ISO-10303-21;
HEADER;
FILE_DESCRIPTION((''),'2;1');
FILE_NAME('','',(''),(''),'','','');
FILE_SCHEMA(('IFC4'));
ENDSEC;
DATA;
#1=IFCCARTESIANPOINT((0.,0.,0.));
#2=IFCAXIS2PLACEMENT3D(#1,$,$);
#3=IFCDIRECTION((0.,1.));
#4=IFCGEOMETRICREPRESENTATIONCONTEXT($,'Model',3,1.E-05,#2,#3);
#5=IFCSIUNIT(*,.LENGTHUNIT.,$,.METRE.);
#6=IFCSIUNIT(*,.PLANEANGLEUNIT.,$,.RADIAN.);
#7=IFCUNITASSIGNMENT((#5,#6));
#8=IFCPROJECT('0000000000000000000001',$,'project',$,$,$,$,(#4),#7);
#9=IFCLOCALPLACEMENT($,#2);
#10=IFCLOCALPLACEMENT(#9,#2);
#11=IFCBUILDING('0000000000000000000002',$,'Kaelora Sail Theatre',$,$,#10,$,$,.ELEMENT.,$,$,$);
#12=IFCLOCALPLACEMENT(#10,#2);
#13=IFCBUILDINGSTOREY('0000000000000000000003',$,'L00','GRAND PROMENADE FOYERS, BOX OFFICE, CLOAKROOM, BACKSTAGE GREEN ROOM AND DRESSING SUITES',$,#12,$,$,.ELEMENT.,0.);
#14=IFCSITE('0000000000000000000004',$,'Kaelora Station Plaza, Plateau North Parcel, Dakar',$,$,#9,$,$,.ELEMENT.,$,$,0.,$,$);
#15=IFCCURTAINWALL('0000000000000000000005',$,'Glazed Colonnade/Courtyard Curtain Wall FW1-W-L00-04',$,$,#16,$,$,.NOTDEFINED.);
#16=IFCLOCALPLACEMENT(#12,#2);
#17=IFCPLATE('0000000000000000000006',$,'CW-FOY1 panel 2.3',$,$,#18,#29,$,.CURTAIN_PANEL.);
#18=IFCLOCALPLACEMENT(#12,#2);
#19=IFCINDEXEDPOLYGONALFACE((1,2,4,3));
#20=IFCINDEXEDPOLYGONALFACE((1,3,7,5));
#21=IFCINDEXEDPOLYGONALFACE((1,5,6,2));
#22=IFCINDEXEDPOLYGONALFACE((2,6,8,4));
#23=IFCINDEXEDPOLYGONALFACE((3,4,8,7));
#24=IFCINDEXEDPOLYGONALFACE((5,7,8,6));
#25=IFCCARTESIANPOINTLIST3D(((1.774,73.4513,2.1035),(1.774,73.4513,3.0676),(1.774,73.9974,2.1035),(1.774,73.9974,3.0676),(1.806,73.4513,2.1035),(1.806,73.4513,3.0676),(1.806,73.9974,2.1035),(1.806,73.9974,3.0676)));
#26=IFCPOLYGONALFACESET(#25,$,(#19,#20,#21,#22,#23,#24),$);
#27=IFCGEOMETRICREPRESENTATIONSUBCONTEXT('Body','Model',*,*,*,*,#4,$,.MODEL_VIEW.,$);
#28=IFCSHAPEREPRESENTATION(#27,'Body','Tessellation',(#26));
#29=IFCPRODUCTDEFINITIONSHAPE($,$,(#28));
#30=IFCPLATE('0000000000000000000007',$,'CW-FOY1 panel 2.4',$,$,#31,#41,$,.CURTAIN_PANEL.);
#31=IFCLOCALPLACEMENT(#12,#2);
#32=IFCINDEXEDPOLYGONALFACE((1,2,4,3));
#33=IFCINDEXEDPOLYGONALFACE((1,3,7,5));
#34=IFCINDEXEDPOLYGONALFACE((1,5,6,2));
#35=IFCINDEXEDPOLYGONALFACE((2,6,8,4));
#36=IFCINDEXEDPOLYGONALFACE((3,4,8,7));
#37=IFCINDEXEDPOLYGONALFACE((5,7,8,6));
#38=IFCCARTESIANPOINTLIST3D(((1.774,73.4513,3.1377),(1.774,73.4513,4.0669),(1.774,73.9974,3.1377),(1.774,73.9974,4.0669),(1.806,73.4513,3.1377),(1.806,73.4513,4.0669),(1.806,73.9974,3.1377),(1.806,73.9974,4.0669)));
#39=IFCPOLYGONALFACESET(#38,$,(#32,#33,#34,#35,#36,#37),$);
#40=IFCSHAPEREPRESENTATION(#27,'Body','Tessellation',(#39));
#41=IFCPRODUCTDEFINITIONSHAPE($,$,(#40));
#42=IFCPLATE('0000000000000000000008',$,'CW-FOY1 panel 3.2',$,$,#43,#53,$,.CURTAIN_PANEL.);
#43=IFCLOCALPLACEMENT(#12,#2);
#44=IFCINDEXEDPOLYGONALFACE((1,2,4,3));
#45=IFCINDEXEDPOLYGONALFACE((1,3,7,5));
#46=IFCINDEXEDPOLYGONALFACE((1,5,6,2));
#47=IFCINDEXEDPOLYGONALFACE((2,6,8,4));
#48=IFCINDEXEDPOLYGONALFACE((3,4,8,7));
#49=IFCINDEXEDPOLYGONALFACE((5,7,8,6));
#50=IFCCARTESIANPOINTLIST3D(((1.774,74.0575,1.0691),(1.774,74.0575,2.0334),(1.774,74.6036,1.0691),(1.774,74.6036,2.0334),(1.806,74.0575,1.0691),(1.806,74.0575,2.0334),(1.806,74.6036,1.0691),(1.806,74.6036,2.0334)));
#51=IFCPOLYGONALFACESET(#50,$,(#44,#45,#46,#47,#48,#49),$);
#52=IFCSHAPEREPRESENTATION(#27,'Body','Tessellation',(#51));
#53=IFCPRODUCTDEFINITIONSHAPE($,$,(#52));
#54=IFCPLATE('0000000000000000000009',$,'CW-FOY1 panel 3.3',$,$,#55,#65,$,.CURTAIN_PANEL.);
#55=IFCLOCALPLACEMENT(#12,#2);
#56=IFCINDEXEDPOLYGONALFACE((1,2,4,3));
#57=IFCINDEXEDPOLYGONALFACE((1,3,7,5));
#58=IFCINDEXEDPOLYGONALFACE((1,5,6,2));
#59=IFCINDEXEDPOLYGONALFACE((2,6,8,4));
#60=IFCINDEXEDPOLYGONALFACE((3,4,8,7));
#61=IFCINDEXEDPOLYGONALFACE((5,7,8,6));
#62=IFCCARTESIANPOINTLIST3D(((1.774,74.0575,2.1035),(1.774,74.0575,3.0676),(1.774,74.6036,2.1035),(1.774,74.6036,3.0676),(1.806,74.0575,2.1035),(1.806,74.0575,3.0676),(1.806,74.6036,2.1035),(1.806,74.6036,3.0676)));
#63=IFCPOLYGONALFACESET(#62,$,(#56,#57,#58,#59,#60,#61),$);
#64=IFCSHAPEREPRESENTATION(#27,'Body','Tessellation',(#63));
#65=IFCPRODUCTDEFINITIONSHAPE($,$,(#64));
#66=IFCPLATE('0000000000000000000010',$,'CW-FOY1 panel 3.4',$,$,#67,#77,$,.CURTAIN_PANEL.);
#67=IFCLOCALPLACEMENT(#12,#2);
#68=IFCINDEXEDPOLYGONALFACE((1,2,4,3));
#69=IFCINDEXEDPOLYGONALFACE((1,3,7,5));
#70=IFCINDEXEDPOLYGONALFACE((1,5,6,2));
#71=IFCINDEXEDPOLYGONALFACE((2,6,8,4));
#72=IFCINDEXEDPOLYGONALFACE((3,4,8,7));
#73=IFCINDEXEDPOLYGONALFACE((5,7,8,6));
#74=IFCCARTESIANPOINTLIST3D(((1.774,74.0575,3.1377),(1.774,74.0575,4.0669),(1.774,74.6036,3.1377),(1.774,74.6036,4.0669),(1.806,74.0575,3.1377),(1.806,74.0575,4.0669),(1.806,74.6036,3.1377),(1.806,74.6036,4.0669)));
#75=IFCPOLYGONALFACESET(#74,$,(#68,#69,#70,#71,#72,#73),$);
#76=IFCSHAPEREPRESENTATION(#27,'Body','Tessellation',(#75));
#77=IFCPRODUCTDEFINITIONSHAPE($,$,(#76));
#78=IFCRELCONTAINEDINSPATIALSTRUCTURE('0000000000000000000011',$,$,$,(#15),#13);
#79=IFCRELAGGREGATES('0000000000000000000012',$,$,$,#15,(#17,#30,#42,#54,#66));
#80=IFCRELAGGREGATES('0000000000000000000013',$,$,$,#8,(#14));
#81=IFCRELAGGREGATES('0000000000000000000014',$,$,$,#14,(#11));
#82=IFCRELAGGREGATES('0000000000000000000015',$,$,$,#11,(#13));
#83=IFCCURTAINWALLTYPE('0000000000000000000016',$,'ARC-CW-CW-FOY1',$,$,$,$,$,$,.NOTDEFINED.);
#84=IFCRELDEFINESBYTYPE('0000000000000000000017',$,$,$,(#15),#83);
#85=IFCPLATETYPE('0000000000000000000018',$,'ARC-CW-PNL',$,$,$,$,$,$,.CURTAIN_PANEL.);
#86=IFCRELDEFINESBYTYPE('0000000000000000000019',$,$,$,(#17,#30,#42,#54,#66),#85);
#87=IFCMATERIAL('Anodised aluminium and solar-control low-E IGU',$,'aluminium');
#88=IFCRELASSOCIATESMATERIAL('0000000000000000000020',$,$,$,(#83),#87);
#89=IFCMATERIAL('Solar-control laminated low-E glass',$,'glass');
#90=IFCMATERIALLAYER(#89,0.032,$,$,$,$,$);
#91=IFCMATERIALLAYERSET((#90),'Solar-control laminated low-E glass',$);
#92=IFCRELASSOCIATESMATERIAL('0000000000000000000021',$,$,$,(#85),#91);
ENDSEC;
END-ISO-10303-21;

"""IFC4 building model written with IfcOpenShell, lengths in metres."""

from ifc_helpers import new_model, si_unit, direction, frame, origin, origin_2d, place, context, subcontext, project, spatial, rectangle, extrude, material, layer, layer_set, type_object, element, aggregate, save


model = new_model("IFC4")

# Units and contexts
model_context = context("Model", 3, precision=1e-05, world=origin(), true_north=direction((0.0, 1.0)))
body_context = subcontext(model_context, "Body", "Model", "MODEL_VIEW")
ifc_project = project(units=[si_unit("LENGTHUNIT", "METRE"), si_unit("PLANEANGLEUNIT", "RADIAN")], contexts=[model_context])

# Site, building, storey
site_placement = place(None, origin())
site = spatial("IfcSite", under=ifc_project, at=site_placement, Name="Kaelora Station Plaza, Plateau North Parcel, Dakar", CompositionType="ELEMENT", RefElevation=0.0)
building_placement = place(site_placement, origin())
building = spatial("IfcBuilding", under=site, at=building_placement, Name="Kaelora Sail Theatre", CompositionType="ELEMENT")
storey_placement = place(building_placement, origin())
storey = spatial("IfcBuildingStorey", under=building, at=storey_placement, Name="L00", Description="GRAND PROMENADE FOYERS, BOX OFFICE, CLOAKROOM, BACKSTAGE GREEN ROOM AND DRESSING SUITES", CompositionType="ELEMENT", Elevation=0.0)

# Curtain wall
ifc_material_1 = material(Name="Anodised aluminium and solar-control low-E IGU", Category="aluminium")
curtain_wall_type = type_object("IfcCurtainWallType", Name="ARC-CW-CW-FOY1", PredefinedType="NOTDEFINED", material=ifc_material_1)
curtain_wall_1_placement = place(storey_placement, origin())
curtain_wall_1 = element("IfcCurtainWall", 1, at=curtain_wall_1_placement, inside=storey, type_object=curtain_wall_type, Name="Glazed Colonnade/Courtyard Curtain Wall FW1-W-L00-04", PredefinedType="NOTDEFINED")

# Plates
ifc_material_2 = material(Name="Solar-control laminated low-E glass", Category="glass")
ifc_layer = layer(ifc_material_2, 0.032)
ifc_layer_set = layer_set([ifc_layer], Name="Solar-control laminated low-E glass")
plate_type = type_object("IfcPlateType", Name="ARC-CW-PNL", PredefinedType="CURTAIN_PANEL", material=ifc_layer_set)
plate_1_placement = place(storey_placement, frame((1.79, 73.7244, 2.1035), z_axis=(0.0, 0.0, 1.0), x_axis=(0.0, 1.0, 0.0)))
plate_1 = element("IfcPlate", 2, at=plate_1_placement, type_object=plate_type, Name="CW-FOY1 panel 2.3", PredefinedType="CURTAIN_PANEL", context=body_context, shape_type="SweptSolid", body=[
    extrude(rectangle(XDim=0.5461, YDim=0.032, at=origin_2d()), origin(), (0.0, 0.0, 1.0), 0.9641),
])
plate_2_placement = place(storey_placement, frame((1.79, 73.7244, 3.1377), z_axis=(0.0, 0.0, 1.0), x_axis=(0.0, 1.0, 0.0)))
plate_2 = element("IfcPlate", 3, at=plate_2_placement, type_object=plate_type, Name="CW-FOY1 panel 2.4", PredefinedType="CURTAIN_PANEL", context=body_context, shape_type="SweptSolid", body=[
    extrude(rectangle(XDim=0.5461, YDim=0.032, at=origin_2d()), origin(), (0.0, 0.0, 1.0), 0.9292),
])
plate_3_placement = place(storey_placement, frame((1.79, 74.3306, 1.0691), z_axis=(0.0, 0.0, 1.0), x_axis=(0.0, 1.0, 0.0)))
plate_3 = element("IfcPlate", 4, at=plate_3_placement, type_object=plate_type, Name="CW-FOY1 panel 3.2", PredefinedType="CURTAIN_PANEL", context=body_context, shape_type="SweptSolid", body=[
    extrude(rectangle(XDim=0.5461, YDim=0.032, at=origin_2d()), origin(), (0.0, 0.0, 1.0), 0.9644),
])
plate_4_placement = place(storey_placement, frame((1.79, 74.3306, 2.1035), z_axis=(0.0, 0.0, 1.0), x_axis=(0.0, 1.0, 0.0)))
plate_4 = element("IfcPlate", 5, at=plate_4_placement, type_object=plate_type, Name="CW-FOY1 panel 3.3", PredefinedType="CURTAIN_PANEL", context=body_context, shape_type="SweptSolid", body=[
    extrude(rectangle(XDim=0.5461, YDim=0.032, at=origin_2d()), origin(), (0.0, 0.0, 1.0), 0.9641),
])
plate_5_placement = place(storey_placement, frame((1.79, 74.3306, 3.1377), z_axis=(0.0, 0.0, 1.0), x_axis=(0.0, 1.0, 0.0)))
plate_5 = element("IfcPlate", 6, at=plate_5_placement, type_object=plate_type, Name="CW-FOY1 panel 3.4", PredefinedType="CURTAIN_PANEL", context=body_context, shape_type="SweptSolid", body=[
    extrude(rectangle(XDim=0.5461, YDim=0.032, at=origin_2d()), origin(), (0.0, 0.0, 1.0), 0.9292),
])
aggregate(curtain_wall_1, [plate_1, plate_2, plate_3, plate_4, plate_5])

save(model, "model.ifc")
